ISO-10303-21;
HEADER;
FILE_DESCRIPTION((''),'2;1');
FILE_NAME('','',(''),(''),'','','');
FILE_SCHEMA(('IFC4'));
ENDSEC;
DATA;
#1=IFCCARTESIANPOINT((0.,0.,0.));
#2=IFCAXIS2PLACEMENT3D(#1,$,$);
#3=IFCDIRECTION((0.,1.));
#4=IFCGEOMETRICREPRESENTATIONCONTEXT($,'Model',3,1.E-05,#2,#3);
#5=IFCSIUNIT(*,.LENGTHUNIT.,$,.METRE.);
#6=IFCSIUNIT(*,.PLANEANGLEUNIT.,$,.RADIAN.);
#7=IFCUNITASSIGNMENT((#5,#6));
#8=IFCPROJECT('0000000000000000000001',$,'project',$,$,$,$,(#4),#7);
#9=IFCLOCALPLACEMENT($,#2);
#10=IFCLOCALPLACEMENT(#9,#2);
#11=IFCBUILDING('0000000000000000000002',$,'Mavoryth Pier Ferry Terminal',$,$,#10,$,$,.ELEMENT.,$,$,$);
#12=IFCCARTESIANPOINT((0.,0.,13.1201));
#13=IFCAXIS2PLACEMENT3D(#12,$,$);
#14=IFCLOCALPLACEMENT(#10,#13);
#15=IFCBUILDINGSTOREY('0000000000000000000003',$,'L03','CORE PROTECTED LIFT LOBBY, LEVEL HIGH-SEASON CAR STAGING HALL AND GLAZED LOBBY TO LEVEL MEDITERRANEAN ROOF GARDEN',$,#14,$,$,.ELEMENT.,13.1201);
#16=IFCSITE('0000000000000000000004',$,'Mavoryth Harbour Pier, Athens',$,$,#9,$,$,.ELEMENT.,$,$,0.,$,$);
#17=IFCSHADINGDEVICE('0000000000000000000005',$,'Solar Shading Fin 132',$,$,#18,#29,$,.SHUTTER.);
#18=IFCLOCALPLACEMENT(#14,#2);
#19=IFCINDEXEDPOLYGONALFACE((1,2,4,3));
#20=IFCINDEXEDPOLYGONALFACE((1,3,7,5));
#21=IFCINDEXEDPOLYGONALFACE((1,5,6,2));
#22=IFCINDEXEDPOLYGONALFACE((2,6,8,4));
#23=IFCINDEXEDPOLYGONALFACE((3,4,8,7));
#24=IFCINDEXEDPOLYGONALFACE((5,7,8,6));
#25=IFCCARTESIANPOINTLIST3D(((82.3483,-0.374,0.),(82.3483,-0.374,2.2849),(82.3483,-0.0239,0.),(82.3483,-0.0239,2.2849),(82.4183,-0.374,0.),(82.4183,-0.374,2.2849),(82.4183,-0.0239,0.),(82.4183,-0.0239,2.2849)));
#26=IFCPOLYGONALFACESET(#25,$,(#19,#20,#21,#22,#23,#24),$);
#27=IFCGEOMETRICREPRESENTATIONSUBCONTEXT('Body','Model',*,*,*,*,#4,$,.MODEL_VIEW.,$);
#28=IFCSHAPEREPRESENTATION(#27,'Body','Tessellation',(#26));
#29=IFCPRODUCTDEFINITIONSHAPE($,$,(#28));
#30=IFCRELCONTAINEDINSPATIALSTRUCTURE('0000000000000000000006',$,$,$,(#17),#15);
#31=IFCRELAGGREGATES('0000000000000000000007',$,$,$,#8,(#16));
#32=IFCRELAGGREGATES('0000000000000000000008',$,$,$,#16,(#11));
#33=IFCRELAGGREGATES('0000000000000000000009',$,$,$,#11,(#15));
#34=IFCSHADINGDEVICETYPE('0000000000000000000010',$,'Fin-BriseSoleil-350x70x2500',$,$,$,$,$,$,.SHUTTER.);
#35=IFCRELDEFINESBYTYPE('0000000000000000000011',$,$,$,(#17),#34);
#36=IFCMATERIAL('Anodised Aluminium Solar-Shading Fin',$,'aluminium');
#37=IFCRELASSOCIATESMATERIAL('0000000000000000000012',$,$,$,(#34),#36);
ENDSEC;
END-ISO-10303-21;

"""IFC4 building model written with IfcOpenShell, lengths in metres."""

from ifc_helpers import new_model, si_unit, direction, frame, origin, origin_2d, place, context, subcontext, project, spatial, rectangle, extrude, material, type_object, element, save


model = new_model("IFC4")

# Units and contexts
model_context = context("Model", 3, precision=1e-05, world=origin(), true_north=direction((0.0, 1.0)))
body_context = subcontext(model_context, "Body", "Model", "MODEL_VIEW")
ifc_project = project(units=[si_unit("LENGTHUNIT", "METRE"), si_unit("PLANEANGLEUNIT", "RADIAN")], contexts=[model_context])

# Site, building, storey
site_placement = place(None, origin())
site = spatial("IfcSite", under=ifc_project, at=site_placement, Name="Mavoryth Harbour Pier, Athens", CompositionType="ELEMENT", RefElevation=0.0)
building_placement = place(site_placement, origin())
building = spatial("IfcBuilding", under=site, at=building_placement, Name="Mavoryth Pier Ferry Terminal", CompositionType="ELEMENT")
storey_placement = place(building_placement, frame((0.0, 0.0, 13.1201)))
storey = spatial("IfcBuildingStorey", under=building, at=storey_placement, Name="L03", Description="CORE PROTECTED LIFT LOBBY, LEVEL HIGH-SEASON CAR STAGING HALL AND GLAZED LOBBY TO LEVEL MEDITERRANEAN ROOF GARDEN", CompositionType="ELEMENT", Elevation=13.1201)

# Shading device
ifc_material_1 = material(Name="Anodised Aluminium Solar-Shading Fin", Category="aluminium")
shading_device_type = type_object("IfcShadingDeviceType", Name="Fin-BriseSoleil-350x70x2500", PredefinedType="SHUTTER", material=ifc_material_1)
for number, where, z_axis, x_axis, name in (
    (1, (82.3833, -0.199, 0.0), (0.0, 0.0, 1.0), (1.0, 0.0, 0.0), "Solar Shading Fin 132"),
):
    element("IfcShadingDevice", number, at=place(storey_placement, frame(where, z_axis=z_axis, x_axis=x_axis)), inside=storey, type_object=shading_device_type, Name=name, PredefinedType="SHUTTER", context=body_context, shape_type="SweptSolid", body=[
        extrude(rectangle(XDim=0.0701, YDim=0.3501, at=origin_2d()), origin(), (0.0, 0.0, 1.0), 2.2849),
    ])

save(model, "model.ifc")
